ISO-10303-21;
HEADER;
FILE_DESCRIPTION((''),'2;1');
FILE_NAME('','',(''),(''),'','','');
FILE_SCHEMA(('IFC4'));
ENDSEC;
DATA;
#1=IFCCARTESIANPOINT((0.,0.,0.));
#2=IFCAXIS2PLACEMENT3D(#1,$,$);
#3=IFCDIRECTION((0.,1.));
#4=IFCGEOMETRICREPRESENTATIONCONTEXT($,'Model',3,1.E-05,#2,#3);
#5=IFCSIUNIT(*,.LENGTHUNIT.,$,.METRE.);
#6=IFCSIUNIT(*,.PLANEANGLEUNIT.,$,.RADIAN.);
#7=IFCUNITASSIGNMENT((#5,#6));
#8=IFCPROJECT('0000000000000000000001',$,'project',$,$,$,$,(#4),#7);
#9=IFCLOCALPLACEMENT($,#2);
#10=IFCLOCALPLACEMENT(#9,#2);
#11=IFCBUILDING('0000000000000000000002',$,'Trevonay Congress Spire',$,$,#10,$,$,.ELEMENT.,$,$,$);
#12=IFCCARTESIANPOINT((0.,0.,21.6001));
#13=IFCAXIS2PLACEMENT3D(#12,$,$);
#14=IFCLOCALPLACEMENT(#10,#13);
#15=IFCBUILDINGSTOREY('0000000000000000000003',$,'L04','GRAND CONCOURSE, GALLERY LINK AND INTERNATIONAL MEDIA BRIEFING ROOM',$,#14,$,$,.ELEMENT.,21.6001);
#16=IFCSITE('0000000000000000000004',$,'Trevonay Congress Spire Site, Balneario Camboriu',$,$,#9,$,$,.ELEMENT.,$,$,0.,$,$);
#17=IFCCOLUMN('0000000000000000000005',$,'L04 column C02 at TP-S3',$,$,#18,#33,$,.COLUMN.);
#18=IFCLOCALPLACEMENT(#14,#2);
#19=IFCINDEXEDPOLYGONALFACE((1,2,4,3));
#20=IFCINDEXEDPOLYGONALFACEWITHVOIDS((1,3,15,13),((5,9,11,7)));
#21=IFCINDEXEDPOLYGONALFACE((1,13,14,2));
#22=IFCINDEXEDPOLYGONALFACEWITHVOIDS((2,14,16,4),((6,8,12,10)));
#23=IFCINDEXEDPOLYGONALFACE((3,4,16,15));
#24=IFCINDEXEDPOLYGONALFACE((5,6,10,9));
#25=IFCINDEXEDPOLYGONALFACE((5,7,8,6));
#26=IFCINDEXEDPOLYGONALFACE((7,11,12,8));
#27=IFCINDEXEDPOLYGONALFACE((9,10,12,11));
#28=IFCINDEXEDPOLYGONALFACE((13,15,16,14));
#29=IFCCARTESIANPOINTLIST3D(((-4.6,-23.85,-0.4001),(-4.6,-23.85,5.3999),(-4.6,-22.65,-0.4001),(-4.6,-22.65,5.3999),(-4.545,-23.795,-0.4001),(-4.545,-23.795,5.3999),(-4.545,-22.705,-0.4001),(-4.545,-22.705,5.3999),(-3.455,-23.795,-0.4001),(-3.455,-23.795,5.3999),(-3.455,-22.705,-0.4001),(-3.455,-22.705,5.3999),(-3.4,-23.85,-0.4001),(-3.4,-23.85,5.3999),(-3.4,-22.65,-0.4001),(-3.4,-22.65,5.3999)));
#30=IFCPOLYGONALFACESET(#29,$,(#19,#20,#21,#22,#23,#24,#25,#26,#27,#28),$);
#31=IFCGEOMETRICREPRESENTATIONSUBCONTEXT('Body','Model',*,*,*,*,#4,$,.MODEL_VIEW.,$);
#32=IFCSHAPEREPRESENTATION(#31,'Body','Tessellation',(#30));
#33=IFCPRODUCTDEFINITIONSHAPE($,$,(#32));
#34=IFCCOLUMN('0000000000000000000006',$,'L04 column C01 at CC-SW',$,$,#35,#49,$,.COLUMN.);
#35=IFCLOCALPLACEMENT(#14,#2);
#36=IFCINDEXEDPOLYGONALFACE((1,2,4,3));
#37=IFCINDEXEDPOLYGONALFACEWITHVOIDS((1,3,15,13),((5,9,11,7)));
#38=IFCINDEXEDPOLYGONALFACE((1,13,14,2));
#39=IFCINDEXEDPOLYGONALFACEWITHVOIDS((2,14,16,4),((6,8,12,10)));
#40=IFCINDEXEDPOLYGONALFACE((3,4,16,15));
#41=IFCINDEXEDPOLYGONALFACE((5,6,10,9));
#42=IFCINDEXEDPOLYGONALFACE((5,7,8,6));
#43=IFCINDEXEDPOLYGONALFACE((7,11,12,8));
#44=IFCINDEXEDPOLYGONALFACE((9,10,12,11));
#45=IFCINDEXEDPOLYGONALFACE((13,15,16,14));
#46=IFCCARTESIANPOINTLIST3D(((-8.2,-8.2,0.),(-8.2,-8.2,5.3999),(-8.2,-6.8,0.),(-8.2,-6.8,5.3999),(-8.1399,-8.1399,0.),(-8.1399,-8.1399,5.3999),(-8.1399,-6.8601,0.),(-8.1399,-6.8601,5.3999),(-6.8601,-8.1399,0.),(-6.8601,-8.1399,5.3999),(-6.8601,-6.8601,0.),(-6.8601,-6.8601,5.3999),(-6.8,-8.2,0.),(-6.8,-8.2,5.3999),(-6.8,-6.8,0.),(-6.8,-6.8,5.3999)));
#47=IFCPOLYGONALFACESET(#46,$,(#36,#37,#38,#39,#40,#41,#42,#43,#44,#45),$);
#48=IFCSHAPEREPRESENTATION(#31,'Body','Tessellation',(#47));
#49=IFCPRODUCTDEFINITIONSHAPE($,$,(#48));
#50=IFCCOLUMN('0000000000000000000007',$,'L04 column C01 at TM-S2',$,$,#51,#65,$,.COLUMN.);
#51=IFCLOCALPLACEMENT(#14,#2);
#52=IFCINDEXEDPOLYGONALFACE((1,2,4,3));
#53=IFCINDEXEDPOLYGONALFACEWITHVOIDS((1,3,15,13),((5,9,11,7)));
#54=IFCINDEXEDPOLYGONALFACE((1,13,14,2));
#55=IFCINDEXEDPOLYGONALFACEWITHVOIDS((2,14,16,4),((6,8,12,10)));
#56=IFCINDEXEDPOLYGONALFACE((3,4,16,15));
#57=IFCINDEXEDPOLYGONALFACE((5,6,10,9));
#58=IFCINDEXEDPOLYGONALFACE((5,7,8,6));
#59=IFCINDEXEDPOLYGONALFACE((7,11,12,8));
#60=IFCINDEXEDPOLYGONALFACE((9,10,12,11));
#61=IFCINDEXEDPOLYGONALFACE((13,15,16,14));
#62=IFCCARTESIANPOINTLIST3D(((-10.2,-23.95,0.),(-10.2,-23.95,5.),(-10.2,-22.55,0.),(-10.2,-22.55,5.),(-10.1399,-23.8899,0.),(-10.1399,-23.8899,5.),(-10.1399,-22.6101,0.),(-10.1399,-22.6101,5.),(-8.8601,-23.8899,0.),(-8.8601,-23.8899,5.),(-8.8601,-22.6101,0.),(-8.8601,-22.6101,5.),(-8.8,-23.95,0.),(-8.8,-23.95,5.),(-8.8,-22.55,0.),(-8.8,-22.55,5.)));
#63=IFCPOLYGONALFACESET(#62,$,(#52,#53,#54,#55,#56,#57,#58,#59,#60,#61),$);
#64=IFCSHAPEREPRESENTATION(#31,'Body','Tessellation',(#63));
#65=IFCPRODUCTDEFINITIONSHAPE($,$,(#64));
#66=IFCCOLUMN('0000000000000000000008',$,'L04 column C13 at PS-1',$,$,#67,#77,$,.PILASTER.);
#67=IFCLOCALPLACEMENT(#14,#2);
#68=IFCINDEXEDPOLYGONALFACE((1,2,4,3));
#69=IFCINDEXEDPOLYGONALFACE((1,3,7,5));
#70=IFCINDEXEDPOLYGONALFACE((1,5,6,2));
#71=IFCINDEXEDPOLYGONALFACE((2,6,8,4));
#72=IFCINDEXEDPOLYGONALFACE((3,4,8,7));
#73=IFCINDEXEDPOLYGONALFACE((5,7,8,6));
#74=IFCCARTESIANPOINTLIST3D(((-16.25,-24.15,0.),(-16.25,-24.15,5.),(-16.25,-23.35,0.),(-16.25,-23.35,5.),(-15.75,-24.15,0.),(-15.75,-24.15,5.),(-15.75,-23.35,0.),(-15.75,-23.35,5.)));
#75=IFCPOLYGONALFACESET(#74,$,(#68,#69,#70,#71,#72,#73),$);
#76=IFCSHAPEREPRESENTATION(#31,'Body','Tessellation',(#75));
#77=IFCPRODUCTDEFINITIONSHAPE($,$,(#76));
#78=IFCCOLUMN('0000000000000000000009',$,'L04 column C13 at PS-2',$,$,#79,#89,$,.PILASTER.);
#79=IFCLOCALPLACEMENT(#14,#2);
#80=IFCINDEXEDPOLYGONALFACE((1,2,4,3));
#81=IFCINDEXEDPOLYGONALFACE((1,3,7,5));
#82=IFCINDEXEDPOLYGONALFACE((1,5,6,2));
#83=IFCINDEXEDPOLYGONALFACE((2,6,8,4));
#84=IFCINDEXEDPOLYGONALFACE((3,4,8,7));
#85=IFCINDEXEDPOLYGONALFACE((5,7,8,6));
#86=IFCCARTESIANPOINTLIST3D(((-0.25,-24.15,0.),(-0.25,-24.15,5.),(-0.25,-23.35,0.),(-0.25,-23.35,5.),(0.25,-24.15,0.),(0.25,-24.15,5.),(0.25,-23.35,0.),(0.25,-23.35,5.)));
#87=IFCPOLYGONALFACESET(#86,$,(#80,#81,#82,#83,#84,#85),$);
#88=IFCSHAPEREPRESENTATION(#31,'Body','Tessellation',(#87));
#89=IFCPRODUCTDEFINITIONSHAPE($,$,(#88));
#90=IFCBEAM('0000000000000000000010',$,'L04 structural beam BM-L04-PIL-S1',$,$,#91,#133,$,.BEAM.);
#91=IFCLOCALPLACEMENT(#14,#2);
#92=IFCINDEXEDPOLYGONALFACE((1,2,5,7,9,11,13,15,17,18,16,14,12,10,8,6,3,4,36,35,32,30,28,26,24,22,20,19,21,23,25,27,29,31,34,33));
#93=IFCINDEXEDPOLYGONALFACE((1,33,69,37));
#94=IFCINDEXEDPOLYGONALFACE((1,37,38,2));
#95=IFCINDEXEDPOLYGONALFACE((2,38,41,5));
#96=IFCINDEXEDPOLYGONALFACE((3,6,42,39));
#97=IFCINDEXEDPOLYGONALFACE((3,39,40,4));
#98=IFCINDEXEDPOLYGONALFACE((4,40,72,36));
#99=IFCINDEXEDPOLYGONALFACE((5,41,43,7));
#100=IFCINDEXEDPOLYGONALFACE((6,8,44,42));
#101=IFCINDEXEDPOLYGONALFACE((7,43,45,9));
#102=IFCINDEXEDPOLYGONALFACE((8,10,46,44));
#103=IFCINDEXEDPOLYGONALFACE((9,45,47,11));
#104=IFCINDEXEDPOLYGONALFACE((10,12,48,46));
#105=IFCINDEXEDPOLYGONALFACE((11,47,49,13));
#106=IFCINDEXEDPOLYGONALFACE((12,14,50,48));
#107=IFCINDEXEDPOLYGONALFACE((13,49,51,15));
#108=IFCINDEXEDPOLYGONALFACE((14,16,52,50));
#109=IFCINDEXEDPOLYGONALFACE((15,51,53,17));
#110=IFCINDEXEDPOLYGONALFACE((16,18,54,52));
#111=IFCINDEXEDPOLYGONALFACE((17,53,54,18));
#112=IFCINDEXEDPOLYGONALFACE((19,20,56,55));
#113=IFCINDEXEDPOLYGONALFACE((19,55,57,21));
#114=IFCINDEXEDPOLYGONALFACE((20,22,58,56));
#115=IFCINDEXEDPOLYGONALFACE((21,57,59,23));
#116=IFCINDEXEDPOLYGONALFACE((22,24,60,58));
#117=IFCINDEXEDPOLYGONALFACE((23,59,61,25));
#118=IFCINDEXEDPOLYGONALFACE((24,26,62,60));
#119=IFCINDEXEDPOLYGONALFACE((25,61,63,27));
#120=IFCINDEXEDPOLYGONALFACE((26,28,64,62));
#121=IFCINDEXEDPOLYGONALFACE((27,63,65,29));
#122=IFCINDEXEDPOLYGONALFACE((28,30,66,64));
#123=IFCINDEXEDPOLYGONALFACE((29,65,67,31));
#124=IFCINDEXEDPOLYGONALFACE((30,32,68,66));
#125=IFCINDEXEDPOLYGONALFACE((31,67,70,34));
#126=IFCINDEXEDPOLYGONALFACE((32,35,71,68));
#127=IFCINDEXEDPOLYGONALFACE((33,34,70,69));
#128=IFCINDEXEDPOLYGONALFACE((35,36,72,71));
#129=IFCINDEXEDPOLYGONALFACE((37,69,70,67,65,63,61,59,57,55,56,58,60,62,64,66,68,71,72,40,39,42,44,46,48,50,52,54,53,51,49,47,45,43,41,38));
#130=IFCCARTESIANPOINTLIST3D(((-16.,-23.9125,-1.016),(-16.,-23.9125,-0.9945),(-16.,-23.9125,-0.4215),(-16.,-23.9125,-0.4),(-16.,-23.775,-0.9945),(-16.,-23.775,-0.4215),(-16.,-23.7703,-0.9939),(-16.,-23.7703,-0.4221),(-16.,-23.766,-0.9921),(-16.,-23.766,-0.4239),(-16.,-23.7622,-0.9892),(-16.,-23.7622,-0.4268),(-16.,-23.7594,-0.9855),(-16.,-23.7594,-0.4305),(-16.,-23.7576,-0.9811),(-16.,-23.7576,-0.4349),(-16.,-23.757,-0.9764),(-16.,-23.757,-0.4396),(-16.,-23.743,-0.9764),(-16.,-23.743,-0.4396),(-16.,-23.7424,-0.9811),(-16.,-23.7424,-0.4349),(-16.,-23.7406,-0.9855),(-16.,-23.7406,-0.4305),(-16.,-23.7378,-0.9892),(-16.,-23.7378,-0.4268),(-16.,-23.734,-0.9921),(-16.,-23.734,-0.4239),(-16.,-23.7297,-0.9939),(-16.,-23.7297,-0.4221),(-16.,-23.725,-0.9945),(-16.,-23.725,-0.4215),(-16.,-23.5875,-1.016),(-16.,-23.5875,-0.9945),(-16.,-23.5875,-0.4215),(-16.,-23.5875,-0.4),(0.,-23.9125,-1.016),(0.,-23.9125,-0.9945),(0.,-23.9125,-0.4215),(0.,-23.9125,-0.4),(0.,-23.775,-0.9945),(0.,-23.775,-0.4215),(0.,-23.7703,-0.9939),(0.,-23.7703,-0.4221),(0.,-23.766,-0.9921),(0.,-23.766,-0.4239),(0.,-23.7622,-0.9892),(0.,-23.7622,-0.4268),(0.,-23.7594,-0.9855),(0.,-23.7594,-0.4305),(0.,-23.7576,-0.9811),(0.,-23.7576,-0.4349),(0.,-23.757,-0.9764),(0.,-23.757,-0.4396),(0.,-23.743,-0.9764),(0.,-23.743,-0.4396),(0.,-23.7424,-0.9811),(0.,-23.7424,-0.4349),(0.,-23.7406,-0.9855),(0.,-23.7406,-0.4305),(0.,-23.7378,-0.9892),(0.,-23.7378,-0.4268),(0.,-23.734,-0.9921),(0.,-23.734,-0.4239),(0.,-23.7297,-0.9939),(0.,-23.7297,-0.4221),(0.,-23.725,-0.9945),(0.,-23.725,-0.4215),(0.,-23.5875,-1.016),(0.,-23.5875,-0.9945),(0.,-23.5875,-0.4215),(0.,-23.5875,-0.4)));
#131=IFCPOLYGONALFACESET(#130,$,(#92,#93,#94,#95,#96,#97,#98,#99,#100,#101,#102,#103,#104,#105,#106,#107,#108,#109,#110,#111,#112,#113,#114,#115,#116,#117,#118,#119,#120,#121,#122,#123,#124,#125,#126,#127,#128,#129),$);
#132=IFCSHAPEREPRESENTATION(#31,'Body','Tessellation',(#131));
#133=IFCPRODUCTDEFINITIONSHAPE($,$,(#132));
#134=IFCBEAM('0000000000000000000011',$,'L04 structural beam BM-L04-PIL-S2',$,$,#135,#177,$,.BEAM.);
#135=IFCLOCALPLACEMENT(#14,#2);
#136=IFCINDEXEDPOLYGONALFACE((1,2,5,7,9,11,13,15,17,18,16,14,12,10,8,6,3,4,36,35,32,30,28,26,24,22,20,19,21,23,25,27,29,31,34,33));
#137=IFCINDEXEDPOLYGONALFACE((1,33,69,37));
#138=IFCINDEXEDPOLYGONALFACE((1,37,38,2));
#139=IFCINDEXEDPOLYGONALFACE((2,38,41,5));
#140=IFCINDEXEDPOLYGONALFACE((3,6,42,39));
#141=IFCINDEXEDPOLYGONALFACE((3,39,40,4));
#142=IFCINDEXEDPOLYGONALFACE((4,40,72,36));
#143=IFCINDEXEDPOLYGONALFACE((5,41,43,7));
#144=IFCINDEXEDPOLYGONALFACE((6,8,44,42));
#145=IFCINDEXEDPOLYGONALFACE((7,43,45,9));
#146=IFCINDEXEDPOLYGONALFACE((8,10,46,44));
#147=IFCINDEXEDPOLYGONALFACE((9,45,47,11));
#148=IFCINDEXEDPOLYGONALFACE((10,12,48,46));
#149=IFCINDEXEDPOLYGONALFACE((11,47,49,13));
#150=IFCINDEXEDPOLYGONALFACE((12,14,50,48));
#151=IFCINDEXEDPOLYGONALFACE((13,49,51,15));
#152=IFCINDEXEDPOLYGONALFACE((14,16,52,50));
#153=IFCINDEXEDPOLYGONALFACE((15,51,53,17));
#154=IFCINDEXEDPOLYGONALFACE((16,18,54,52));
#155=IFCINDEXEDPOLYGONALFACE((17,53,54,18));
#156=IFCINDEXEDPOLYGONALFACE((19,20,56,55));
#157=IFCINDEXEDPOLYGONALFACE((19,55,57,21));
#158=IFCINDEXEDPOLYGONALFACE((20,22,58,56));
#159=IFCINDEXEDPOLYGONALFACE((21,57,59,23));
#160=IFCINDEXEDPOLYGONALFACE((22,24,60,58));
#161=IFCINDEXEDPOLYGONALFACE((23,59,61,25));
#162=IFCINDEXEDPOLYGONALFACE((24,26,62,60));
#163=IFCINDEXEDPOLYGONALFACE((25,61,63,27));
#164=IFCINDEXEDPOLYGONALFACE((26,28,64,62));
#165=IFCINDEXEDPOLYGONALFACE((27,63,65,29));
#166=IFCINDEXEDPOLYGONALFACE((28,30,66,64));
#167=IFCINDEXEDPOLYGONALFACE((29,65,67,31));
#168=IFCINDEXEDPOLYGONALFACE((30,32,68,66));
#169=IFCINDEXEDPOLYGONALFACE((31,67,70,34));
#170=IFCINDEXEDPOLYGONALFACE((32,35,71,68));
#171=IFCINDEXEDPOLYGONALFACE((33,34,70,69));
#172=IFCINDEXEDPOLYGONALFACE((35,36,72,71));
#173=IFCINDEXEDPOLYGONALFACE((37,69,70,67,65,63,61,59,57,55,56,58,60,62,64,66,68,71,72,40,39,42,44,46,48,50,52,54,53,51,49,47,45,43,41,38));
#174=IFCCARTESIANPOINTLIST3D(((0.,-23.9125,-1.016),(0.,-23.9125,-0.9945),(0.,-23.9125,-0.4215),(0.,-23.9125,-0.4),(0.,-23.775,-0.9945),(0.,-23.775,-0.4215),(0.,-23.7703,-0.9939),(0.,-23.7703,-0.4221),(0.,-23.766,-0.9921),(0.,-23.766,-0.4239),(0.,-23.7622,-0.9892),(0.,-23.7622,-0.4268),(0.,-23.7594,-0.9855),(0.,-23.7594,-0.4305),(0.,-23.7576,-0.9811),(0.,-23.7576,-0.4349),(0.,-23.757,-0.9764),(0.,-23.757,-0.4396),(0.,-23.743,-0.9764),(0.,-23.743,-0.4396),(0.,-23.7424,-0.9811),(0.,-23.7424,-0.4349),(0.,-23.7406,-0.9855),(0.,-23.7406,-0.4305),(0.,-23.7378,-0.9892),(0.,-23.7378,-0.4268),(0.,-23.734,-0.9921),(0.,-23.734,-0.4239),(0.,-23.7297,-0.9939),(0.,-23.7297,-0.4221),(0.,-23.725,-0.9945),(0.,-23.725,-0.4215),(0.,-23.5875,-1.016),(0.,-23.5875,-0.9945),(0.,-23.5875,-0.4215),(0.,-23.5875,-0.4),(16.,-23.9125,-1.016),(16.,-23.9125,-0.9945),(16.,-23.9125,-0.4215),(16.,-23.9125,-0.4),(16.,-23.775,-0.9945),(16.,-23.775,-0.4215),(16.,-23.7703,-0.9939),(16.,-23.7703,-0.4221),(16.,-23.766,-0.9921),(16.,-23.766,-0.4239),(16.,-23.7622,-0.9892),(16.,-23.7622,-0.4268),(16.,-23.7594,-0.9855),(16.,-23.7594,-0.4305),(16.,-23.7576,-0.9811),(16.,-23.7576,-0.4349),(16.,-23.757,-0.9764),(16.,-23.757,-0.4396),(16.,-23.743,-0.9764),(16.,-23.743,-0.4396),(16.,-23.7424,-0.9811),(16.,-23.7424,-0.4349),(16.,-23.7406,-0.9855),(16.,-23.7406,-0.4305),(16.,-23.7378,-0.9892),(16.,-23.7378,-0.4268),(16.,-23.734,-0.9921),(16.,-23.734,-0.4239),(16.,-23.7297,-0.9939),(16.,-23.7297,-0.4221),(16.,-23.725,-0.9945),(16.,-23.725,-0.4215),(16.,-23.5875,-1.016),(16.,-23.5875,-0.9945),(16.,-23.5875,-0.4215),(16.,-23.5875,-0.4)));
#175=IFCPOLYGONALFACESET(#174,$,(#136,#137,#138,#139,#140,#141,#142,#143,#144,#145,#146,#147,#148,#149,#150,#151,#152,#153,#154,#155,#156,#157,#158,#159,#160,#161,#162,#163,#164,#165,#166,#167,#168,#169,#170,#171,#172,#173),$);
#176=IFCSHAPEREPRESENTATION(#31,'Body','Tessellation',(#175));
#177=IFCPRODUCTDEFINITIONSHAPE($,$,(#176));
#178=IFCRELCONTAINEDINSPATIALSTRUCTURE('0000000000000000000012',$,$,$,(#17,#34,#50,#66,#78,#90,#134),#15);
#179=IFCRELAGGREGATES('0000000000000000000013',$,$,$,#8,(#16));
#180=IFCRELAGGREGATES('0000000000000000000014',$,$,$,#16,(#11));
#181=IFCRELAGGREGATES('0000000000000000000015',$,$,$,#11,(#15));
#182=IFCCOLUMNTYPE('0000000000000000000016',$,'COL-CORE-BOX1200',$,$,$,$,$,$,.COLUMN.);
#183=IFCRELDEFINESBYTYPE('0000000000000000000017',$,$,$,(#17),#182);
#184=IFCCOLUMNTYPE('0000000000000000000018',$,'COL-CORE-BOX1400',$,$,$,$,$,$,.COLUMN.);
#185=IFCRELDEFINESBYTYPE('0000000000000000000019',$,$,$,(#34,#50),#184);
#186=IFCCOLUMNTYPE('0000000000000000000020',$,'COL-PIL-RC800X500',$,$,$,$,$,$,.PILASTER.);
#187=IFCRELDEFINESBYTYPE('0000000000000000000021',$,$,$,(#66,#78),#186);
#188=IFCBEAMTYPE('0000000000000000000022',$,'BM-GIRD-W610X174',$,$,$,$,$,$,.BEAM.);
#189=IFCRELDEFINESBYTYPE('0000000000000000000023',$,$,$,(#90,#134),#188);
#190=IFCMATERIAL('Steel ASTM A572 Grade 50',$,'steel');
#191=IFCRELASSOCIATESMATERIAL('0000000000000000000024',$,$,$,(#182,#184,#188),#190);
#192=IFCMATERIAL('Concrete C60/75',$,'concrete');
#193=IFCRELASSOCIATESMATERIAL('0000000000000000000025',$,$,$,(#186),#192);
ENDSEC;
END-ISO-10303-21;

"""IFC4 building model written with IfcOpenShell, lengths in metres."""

from ifc_helpers import new_model, si_unit, direction, frame, origin, origin_2d, place, context, subcontext, project, spatial, rectangle, hollow_rectangle, i_section, extrude, material, material_profile, profile_set, type_object, element, save


model = new_model("IFC4")

# Units and contexts
model_context = context("Model", 3, precision=1e-05, world=origin(), true_north=direction((0.0, 1.0)))
body_context = subcontext(model_context, "Body", "Model", "MODEL_VIEW")
ifc_project = project(units=[si_unit("LENGTHUNIT", "METRE"), si_unit("PLANEANGLEUNIT", "RADIAN")], contexts=[model_context])

# Site, building, storey
site_placement = place(None, origin())
site = spatial("IfcSite", under=ifc_project, at=site_placement, Name="Trevonay Congress Spire Site, Balneario Camboriu", CompositionType="ELEMENT", RefElevation=0.0)
building_placement = place(site_placement, origin())
building = spatial("IfcBuilding", under=site, at=building_placement, Name="Trevonay Congress Spire", CompositionType="ELEMENT")
storey_placement = place(building_placement, frame((0.0, 0.0, 21.6001)))
storey = spatial("IfcBuildingStorey", under=building, at=storey_placement, Name="L04", Description="GRAND CONCOURSE, GALLERY LINK AND INTERNATIONAL MEDIA BRIEFING ROOM", CompositionType="ELEMENT", Elevation=21.6001)

# Columns
ifc_material_1 = material(Name="Steel ASTM A572 Grade 50", Category="steel")
ifc_material_profile_1 = material_profile(ifc_material_1, hollow_rectangle(XDim=1.2, YDim=1.2, WallThickness=0.0549, at=origin_2d()), Name="BOX 1200x1200x55")
ifc_profile_set_1 = profile_set([ifc_material_profile_1], Name="Steel ASTM A572 Grade 50")
column_type_1 = type_object("IfcColumnType", Name="COL-CORE-BOX1200", PredefinedType="COLUMN", material=ifc_profile_set_1)
column_1_placement = place(storey_placement, frame((-4.0, -23.25, -0.4001), z_axis=(0.0, 0.0, 1.0), x_axis=(1.0, 0.0, 0.0)))
element("IfcColumn", 1, at=column_1_placement, inside=storey, type_object=column_type_1, Name="L04 column C02 at TP-S3", PredefinedType="COLUMN", context=body_context, shape_type="SweptSolid", body=[
    extrude(hollow_rectangle(XDim=1.2, YDim=1.2, WallThickness=0.0549, at=origin_2d()), origin(), (0.0, 0.0, 1.0), 5.8),
])
ifc_material_profile_2 = material_profile(ifc_material_1, hollow_rectangle(XDim=1.3999, YDim=1.3999, WallThickness=0.0601, at=origin_2d()), Name="BOX 1400x1400x60")
ifc_profile_set_2 = profile_set([ifc_material_profile_2], Name="Steel ASTM A572 Grade 50")
column_type_2 = type_object("IfcColumnType", Name="COL-CORE-BOX1400", PredefinedType="COLUMN", material=ifc_profile_set_2)
column_2_placement = place(storey_placement, frame((-7.5, -7.5, 0.0), z_axis=(0.0, 0.0, 1.0), x_axis=(1.0, 0.0, 0.0)))
element("IfcColumn", 2, at=column_2_placement, inside=storey, type_object=column_type_2, Name="L04 column C01 at CC-SW", PredefinedType="COLUMN", context=body_context, shape_type="SweptSolid", body=[
    extrude(hollow_rectangle(XDim=1.3999, YDim=1.3999, WallThickness=0.0601, at=origin_2d()), origin(), (0.0, 0.0, 1.0), 5.3999),
])
column_3_placement = place(storey_placement, frame((-9.5, -23.25, 0.0), z_axis=(0.0, 0.0, 1.0), x_axis=(1.0, 0.0, 0.0)))
element("IfcColumn", 3, at=column_3_placement, inside=storey, type_object=column_type_2, Name="L04 column C01 at TM-S2", PredefinedType="COLUMN", context=body_context, shape_type="SweptSolid", body=[
    extrude(hollow_rectangle(XDim=1.3999, YDim=1.3999, WallThickness=0.0601, at=origin_2d()), origin(), (0.0, 0.0, 1.0), 5.0),
])
ifc_material_2 = material(Name="Concrete C60/75", Category="concrete")
ifc_material_profile_3 = material_profile(ifc_material_2, rectangle(XDim=0.5, YDim=0.8, at=origin_2d()), Name="RC 800x500")
ifc_profile_set_3 = profile_set([ifc_material_profile_3], Name="Concrete C60/75")
column_type_3 = type_object("IfcColumnType", Name="COL-PIL-RC800X500", PredefinedType="PILASTER", material=ifc_profile_set_3)
for number, where, z_axis, x_axis, name in (
    (4, (-16.0, -23.75, 0.0), (0.0, 0.0, 1.0), (1.0, 0.0, 0.0), "L04 column C13 at PS-1"),
    (5, (0.0, -23.75, 0.0), (0.0, 0.0, 1.0), (1.0, 0.0, 0.0), "L04 column C13 at PS-2"),
):
    element("IfcColumn", number, at=place(storey_placement, frame(where, z_axis=z_axis, x_axis=x_axis)), inside=storey, type_object=column_type_3, Name=name, PredefinedType="PILASTER", context=body_context, shape_type="SweptSolid", body=[
        extrude(rectangle(XDim=0.5, YDim=0.8, at=origin_2d()), origin(), (0.0, 0.0, 1.0), 5.0),
    ])

# Beams
ifc_material_profile_4 = material_profile(ifc_material_1, i_section(OverallWidth=0.325, OverallDepth=0.616, WebThickness=0.0139, FlangeThickness=0.0215, FilletRadius=0.0181, at=origin_2d()), Name="W610x174")
ifc_profile_set_4 = profile_set([ifc_material_profile_4], Name="Steel ASTM A572 Grade 50")
beam_type_1 = type_object("IfcBeamType", Name="BM-GIRD-W610X174", PredefinedType="BEAM", material=ifc_profile_set_4)
for number, where, z_axis, x_axis, name in (
    (6, (-16.0, -23.75, -0.708), (1.0, 0.0, 0.0), (0.0, 1.0, 0.0), "L04 structural beam BM-L04-PIL-S1"),
    (7, (0.0, -23.75, -0.708), (1.0, 0.0, 0.0), (0.0, 1.0, 0.0), "L04 structural beam BM-L04-PIL-S2"),
):
    element("IfcBeam", number, at=place(storey_placement, frame(where, z_axis=z_axis, x_axis=x_axis)), inside=storey, type_object=beam_type_1, Name=name, PredefinedType="BEAM", context=body_context, shape_type="SweptSolid", body=[
        extrude(i_section(OverallWidth=0.325, OverallDepth=0.616, WebThickness=0.0139, FlangeThickness=0.0215, FilletRadius=0.0181, at=origin_2d()), origin(), (0.0, 0.0, 1.0), 16.0),
    ])

save(model, "model.ifc")
